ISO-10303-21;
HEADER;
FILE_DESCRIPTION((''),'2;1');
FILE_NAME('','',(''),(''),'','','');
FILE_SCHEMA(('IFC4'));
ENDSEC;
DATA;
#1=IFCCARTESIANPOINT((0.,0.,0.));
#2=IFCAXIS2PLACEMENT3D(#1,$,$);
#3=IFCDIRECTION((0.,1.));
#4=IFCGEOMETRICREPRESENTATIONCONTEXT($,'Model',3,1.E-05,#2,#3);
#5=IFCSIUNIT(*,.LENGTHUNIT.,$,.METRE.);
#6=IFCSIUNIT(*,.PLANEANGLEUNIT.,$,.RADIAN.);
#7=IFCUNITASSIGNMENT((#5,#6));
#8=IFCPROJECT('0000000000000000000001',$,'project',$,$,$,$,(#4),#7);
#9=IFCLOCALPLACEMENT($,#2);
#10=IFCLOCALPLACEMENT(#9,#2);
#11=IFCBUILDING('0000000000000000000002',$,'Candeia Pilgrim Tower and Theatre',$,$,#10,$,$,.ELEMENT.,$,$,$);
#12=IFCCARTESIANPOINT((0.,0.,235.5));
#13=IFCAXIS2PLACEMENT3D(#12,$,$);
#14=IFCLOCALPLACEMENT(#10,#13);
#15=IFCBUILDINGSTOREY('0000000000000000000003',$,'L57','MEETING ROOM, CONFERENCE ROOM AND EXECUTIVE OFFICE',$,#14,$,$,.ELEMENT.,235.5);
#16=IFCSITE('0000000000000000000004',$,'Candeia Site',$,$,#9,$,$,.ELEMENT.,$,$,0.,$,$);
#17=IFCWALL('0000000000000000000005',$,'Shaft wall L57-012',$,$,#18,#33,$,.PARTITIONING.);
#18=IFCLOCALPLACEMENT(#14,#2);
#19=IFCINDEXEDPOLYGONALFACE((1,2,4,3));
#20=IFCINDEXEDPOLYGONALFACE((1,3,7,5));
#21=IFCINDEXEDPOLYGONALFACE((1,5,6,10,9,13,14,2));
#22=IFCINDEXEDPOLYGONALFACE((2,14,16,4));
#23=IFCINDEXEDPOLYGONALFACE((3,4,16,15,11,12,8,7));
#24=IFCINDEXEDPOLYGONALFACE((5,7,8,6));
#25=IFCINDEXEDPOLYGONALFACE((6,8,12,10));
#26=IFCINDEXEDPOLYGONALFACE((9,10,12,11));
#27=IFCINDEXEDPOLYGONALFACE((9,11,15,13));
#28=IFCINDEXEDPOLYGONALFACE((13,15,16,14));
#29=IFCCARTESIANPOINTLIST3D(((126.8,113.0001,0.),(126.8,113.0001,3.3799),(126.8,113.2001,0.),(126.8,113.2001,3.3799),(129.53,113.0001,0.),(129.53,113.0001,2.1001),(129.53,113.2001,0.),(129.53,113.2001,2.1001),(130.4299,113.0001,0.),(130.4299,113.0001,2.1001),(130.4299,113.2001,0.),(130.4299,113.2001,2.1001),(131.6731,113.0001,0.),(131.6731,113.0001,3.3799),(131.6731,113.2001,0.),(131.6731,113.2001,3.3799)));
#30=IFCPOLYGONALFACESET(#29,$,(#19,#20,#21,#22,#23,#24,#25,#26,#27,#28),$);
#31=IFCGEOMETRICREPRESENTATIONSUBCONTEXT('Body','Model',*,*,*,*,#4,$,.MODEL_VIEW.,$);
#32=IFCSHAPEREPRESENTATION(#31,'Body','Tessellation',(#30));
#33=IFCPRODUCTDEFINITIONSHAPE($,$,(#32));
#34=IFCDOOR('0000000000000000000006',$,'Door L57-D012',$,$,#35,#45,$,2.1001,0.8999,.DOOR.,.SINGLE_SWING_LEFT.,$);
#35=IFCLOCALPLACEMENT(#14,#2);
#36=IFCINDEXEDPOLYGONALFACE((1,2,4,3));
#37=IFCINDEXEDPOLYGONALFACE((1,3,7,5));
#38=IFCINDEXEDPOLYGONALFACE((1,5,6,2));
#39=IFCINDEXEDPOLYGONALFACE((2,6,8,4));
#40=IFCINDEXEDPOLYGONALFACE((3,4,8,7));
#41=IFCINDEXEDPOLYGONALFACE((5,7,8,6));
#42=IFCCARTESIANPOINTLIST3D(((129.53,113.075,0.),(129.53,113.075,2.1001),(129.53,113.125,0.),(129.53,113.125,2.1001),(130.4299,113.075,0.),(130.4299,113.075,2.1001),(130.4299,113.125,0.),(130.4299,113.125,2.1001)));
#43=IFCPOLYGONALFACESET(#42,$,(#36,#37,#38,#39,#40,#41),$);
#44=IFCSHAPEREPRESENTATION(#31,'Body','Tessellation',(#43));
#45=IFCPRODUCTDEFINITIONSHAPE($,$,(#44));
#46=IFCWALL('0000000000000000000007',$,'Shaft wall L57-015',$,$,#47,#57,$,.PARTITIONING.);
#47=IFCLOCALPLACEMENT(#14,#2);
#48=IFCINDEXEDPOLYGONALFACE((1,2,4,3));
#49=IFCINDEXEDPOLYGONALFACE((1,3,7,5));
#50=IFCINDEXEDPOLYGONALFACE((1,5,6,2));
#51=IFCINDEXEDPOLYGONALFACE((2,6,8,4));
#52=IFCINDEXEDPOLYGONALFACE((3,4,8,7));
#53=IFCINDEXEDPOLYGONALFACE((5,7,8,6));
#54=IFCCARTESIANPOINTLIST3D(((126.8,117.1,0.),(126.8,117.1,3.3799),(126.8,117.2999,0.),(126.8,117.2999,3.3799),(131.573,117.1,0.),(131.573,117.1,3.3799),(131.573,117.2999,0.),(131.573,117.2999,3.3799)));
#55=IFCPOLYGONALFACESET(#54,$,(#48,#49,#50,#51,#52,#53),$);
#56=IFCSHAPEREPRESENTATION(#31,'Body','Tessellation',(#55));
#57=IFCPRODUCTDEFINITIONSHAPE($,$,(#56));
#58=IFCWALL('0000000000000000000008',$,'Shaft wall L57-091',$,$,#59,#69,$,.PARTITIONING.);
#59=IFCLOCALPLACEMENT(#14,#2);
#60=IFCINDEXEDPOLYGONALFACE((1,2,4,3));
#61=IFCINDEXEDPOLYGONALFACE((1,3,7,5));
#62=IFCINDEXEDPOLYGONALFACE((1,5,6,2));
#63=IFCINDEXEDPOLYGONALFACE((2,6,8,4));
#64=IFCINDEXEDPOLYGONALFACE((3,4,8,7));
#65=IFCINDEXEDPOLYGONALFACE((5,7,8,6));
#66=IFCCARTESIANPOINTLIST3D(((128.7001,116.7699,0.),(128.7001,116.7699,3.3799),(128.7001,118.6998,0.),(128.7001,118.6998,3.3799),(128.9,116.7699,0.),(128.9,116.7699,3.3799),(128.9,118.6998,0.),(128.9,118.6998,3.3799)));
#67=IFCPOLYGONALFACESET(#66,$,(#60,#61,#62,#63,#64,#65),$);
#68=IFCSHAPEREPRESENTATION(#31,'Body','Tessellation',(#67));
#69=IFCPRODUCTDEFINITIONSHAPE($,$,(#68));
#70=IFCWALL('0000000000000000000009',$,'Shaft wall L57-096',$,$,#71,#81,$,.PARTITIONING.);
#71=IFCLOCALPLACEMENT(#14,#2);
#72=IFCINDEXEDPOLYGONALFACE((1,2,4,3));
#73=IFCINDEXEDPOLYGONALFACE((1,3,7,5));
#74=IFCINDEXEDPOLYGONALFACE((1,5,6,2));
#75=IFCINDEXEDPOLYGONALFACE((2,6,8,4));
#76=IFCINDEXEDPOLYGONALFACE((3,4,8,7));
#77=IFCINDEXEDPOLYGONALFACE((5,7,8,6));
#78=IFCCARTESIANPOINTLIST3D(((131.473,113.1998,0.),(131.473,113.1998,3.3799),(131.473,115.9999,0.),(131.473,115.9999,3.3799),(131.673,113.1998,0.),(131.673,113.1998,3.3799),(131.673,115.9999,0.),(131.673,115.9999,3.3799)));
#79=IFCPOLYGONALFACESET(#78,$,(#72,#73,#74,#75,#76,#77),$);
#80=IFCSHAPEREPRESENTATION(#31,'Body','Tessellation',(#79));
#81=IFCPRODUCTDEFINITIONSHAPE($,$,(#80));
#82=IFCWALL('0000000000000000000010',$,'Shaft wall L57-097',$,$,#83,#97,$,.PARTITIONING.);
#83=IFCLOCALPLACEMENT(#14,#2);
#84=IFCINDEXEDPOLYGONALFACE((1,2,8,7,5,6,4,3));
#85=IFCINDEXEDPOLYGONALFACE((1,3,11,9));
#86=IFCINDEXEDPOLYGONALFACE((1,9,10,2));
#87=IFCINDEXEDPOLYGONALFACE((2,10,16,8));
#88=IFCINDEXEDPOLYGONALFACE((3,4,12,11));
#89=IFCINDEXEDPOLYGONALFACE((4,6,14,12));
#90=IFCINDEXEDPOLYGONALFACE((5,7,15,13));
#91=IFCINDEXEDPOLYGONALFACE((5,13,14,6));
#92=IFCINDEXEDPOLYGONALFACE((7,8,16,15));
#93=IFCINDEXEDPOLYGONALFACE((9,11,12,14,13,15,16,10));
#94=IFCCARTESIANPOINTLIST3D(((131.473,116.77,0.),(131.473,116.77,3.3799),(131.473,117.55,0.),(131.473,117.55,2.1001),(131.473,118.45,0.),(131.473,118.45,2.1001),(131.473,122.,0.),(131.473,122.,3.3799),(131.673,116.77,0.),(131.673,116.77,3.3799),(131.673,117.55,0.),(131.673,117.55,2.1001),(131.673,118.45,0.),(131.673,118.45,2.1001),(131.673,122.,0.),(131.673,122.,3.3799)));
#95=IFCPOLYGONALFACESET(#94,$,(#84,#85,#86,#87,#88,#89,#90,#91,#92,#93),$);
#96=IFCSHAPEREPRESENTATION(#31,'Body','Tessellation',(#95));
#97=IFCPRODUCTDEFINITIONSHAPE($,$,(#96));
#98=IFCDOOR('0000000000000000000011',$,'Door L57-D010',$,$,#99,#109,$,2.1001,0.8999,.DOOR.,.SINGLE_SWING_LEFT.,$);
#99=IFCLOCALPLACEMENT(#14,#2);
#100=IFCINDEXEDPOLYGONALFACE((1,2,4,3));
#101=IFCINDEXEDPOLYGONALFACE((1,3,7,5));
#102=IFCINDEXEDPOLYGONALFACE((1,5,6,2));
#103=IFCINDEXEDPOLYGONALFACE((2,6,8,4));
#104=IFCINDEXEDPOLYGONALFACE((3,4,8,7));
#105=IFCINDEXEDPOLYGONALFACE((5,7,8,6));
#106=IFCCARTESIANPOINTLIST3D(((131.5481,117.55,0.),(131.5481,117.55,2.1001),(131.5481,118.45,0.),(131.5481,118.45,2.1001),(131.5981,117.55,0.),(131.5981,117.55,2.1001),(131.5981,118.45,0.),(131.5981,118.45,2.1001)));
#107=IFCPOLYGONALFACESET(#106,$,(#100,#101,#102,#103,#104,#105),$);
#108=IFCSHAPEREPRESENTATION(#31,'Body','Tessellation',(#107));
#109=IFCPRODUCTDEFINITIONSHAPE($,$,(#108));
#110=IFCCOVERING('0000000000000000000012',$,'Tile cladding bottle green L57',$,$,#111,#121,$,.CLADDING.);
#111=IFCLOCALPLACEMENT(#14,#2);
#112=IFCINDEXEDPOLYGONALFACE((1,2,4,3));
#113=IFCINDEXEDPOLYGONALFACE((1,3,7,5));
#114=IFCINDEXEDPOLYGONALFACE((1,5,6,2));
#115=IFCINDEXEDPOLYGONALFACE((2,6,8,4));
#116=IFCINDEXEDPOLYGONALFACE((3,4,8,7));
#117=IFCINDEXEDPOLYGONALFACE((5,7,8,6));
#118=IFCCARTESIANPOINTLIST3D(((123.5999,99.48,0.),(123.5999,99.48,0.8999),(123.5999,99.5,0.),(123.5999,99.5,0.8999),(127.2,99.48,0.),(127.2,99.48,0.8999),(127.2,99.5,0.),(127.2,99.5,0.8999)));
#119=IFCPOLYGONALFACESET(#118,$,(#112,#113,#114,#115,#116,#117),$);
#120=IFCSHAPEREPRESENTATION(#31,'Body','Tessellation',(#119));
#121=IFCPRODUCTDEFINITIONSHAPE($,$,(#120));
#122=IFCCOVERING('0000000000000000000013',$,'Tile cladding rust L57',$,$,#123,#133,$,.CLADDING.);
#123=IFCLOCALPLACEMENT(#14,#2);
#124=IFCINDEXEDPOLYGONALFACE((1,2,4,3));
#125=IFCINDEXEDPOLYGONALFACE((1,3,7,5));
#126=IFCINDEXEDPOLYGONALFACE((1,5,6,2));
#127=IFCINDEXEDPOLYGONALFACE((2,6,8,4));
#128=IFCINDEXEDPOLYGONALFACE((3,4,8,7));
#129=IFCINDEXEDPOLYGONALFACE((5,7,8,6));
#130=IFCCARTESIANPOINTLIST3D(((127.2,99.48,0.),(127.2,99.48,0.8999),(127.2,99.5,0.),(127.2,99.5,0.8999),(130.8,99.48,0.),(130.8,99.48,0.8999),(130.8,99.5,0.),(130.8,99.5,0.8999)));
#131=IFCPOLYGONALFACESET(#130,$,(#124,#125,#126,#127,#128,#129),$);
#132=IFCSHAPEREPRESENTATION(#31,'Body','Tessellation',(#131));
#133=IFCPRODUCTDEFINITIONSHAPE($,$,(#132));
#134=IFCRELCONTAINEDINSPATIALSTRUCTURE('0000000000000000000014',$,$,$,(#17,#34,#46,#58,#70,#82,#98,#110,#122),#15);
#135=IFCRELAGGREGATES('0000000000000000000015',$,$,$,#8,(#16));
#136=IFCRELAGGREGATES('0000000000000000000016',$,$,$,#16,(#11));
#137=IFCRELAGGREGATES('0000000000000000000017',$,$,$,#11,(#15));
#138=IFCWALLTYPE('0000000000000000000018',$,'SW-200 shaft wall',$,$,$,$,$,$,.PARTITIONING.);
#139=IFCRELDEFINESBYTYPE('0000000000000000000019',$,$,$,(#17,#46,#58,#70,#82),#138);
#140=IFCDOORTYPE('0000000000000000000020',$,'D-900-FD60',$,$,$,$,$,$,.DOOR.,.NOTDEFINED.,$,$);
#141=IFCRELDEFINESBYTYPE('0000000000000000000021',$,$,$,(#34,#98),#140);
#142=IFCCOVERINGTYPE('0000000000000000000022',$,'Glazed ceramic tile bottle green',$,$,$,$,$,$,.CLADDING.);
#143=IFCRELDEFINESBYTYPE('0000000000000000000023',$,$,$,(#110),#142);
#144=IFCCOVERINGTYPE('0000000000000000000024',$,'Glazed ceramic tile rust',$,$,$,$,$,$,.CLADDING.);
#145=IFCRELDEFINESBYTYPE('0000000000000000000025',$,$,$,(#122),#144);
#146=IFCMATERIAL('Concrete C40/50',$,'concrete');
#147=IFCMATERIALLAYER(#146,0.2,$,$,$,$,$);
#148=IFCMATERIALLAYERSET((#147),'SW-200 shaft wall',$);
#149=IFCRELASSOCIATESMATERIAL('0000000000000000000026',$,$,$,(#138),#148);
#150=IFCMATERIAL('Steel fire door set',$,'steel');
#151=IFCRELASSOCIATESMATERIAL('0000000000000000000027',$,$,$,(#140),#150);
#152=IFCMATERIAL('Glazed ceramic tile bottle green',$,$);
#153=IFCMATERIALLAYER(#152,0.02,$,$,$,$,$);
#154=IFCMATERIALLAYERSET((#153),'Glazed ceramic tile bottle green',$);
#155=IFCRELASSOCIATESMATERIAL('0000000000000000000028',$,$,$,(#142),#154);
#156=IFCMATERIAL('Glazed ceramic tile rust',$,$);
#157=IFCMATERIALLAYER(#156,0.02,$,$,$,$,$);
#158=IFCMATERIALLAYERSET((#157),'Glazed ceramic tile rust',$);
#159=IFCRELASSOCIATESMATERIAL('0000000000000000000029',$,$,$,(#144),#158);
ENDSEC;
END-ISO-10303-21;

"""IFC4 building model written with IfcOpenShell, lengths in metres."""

from ifc_helpers import new_model, si_unit, direction, frame, frame_2d, origin, origin_2d, place, context, subcontext, project, spatial, rectangle, extrude, material, layer, layer_set, type_object, element, fill, save


model = new_model("IFC4")

# Units and contexts
model_context = context("Model", 3, precision=1e-05, world=origin(), true_north=direction((0.0, 1.0)))
body_context = subcontext(model_context, "Body", "Model", "MODEL_VIEW")
ifc_project = project(units=[si_unit("LENGTHUNIT", "METRE"), si_unit("PLANEANGLEUNIT", "RADIAN")], contexts=[model_context])

# Site, building, storey
site_placement = place(None, origin())
site = spatial("IfcSite", under=ifc_project, at=site_placement, Name="Candeia Site", CompositionType="ELEMENT", RefElevation=0.0)
building_placement = place(site_placement, origin())
building = spatial("IfcBuilding", under=site, at=building_placement, Name="Candeia Pilgrim Tower and Theatre", CompositionType="ELEMENT")
storey_placement = place(building_placement, frame((0.0, 0.0, 235.5)))
storey = spatial("IfcBuildingStorey", under=building, at=storey_placement, Name="L57", Description="MEETING ROOM, CONFERENCE ROOM AND EXECUTIVE OFFICE", CompositionType="ELEMENT", Elevation=235.5)

# Shared definitions
ifc_material_1 = material(Name="Steel fire door set", Category="steel")

# Wall, opening, door
ifc_material_2 = material(Name="Concrete C40/50", Category="concrete")
ifc_layer_1 = layer(ifc_material_2, 0.2)
ifc_layer_set_1 = layer_set([ifc_layer_1], Name="SW-200 shaft wall")
wall_type_1 = type_object("IfcWallType", Name="SW-200 shaft wall", PredefinedType="PARTITIONING", material=ifc_layer_set_1)
wall_1_placement = place(storey_placement, frame((126.8, 113.1001, 0.0), z_axis=(0.0, 0.0, 1.0), x_axis=(1.0, 0.0, 0.0)))
wall_1 = element("IfcWall", 1, at=wall_1_placement, inside=storey, type_object=wall_type_1, Name="Shaft wall L57-012", PredefinedType="PARTITIONING", context=body_context, shape_type="SweptSolid", body=[
    extrude(rectangle(XDim=4.873, YDim=0.2, at=frame_2d((2.4365, 0.0))), origin(), (0.0, 0.0, 1.0), 3.3799),
])
opening_1_placement = place(wall_1_placement, frame((2.73, 0.0, 0.0)))
opening_1 = element("IfcOpeningElement", 2, at=opening_1_placement, cuts=wall_1, PredefinedType="OPENING", context=body_context, shape_type="SweptSolid", body=[
    extrude(rectangle(XDim=0.8999, YDim=2.1001, at=frame_2d((0.45, 1.05))), frame((0.0, 0.1099, 0.0), z_axis=(0.0, -1.0, 0.0), x_axis=(1.0, 0.0, 0.0)), (0.0, 0.0, 1.0), 0.22),
])
door_type_1 = type_object("IfcDoorType", Name="D-900-FD60", OperationType="NOTDEFINED", PredefinedType="DOOR", material=ifc_material_1)
door_1_placement = place(opening_1_placement, origin())
door_1 = element("IfcDoor", 3, at=door_1_placement, inside=storey, type_object=door_type_1, Name="Door L57-D012", OperationType="SINGLE_SWING_LEFT", OverallHeight=2.1001, OverallWidth=0.8999, PredefinedType="DOOR", context=body_context, shape_type="SweptSolid", body=[
    extrude(rectangle(XDim=0.8999, YDim=2.1001, at=frame_2d((0.45, 1.05))), frame((0.0, 0.0249, 0.0), z_axis=(0.0, -1.0, 0.0), x_axis=(1.0, 0.0, 0.0)), (0.0, 0.0, 1.0), 0.05),
])
fill(opening_1, door_1)

# Walls
wall_2_placement = place(storey_placement, frame((126.8, 117.2, 0.0), z_axis=(0.0, 0.0, 1.0), x_axis=(1.0, 0.0, 0.0)))
element("IfcWall", 4, at=wall_2_placement, inside=storey, type_object=wall_type_1, Name="Shaft wall L57-015", PredefinedType="PARTITIONING", context=body_context, shape_type="SweptSolid", body=[
    extrude(rectangle(XDim=4.7729, YDim=0.2, at=frame_2d((2.3865, 0.0))), origin(), (0.0, 0.0, 1.0), 3.3799),
])
wall_3_placement = place(storey_placement, frame((128.8, 116.77, 0.0), z_axis=(0.0, 0.0, 1.0), x_axis=(0.0, 1.0, 0.0)))
element("IfcWall", 5, at=wall_3_placement, inside=storey, type_object=wall_type_1, Name="Shaft wall L57-091", PredefinedType="PARTITIONING", context=body_context, shape_type="SweptSolid", body=[
    extrude(rectangle(XDim=1.9299, YDim=0.2, at=frame_2d((0.9648, 0.0))), origin(), (0.0, 0.0, 1.0), 3.3799),
])
wall_4_placement = place(storey_placement, frame((131.573, 113.2, 0.0), z_axis=(0.0, 0.0, 1.0), x_axis=(0.0, 1.0, 0.0)))
element("IfcWall", 6, at=wall_4_placement, inside=storey, type_object=wall_type_1, Name="Shaft wall L57-096", PredefinedType="PARTITIONING", context=body_context, shape_type="SweptSolid", body=[
    extrude(rectangle(XDim=2.8, YDim=0.2, at=frame_2d((1.3999, 0.0))), origin(), (0.0, 0.0, 1.0), 3.3799),
])

# Wall, opening, door
wall_5_placement = place(storey_placement, frame((131.573, 116.77, 0.0), z_axis=(0.0, 0.0, 1.0), x_axis=(0.0, 1.0, 0.0)))
wall_5 = element("IfcWall", 7, at=wall_5_placement, inside=storey, type_object=wall_type_1, Name="Shaft wall L57-097", PredefinedType="PARTITIONING", context=body_context, shape_type="SweptSolid", body=[
    extrude(rectangle(XDim=5.23, YDim=0.2, at=frame_2d((2.615, 0.0))), origin(), (0.0, 0.0, 1.0), 3.3799),
])
opening_2_placement = place(wall_5_placement, frame((0.78, 0.0, 0.0)))
opening_2 = element("IfcOpeningElement", 8, at=opening_2_placement, cuts=wall_5, PredefinedType="OPENING", context=body_context, shape_type="SweptSolid", body=[
    extrude(rectangle(XDim=0.8999, YDim=2.1001, at=frame_2d((0.45, 1.05))), frame((0.0, 0.1099, 0.0), z_axis=(0.0, -1.0, 0.0), x_axis=(1.0, 0.0, 0.0)), (0.0, 0.0, 1.0), 0.22),
])
door_2_placement = place(opening_2_placement, origin())
door_2 = element("IfcDoor", 9, at=door_2_placement, inside=storey, type_object=door_type_1, Name="Door L57-D010", OperationType="SINGLE_SWING_LEFT", OverallHeight=2.1001, OverallWidth=0.8999, PredefinedType="DOOR", context=body_context, shape_type="SweptSolid", body=[
    extrude(rectangle(XDim=0.8999, YDim=2.1001, at=frame_2d((0.45, 1.05))), frame((0.0, 0.0249, 0.0), z_axis=(0.0, -1.0, 0.0), x_axis=(1.0, 0.0, 0.0)), (0.0, 0.0, 1.0), 0.05),
])
fill(opening_2, door_2)

# Coverings
ifc_material_3 = material(Name="Glazed ceramic tile bottle green")
ifc_layer_2 = layer(ifc_material_3, 0.02)
ifc_layer_set_2 = layer_set([ifc_layer_2], Name="Glazed ceramic tile bottle green")
covering_type_1 = type_object("IfcCoveringType", Name="Glazed ceramic tile bottle green", PredefinedType="CLADDING", material=ifc_layer_set_2)
covering_1_placement = place(storey_placement, frame((125.3999, 99.49, 0.0), z_axis=(0.0, 0.0, 1.0), x_axis=(1.0, 0.0, 0.0)))
element("IfcCovering", 10, at=covering_1_placement, inside=storey, type_object=covering_type_1, Name="Tile cladding bottle green L57", PredefinedType="CLADDING", context=body_context, shape_type="SweptSolid", body=[
    extrude(rectangle(XDim=3.6001, YDim=0.02, at=origin_2d()), origin(), (0.0, 0.0, 1.0), 0.8999),
])
ifc_material_4 = material(Name="Glazed ceramic tile rust")
ifc_layer_3 = layer(ifc_material_4, 0.02)
ifc_layer_set_3 = layer_set([ifc_layer_3], Name="Glazed ceramic tile rust")
covering_type_2 = type_object("IfcCoveringType", Name="Glazed ceramic tile rust", PredefinedType="CLADDING", material=ifc_layer_set_3)
covering_2_placement = place(storey_placement, frame((129.0, 99.49, 0.0), z_axis=(0.0, 0.0, 1.0), x_axis=(1.0, 0.0, 0.0)))
element("IfcCovering", 11, at=covering_2_placement, inside=storey, type_object=covering_type_2, Name="Tile cladding rust L57", PredefinedType="CLADDING", context=body_context, shape_type="SweptSolid", body=[
    extrude(rectangle(XDim=3.6001, YDim=0.02, at=origin_2d()), origin(), (0.0, 0.0, 1.0), 0.8999),
])

save(model, "model.ifc")
